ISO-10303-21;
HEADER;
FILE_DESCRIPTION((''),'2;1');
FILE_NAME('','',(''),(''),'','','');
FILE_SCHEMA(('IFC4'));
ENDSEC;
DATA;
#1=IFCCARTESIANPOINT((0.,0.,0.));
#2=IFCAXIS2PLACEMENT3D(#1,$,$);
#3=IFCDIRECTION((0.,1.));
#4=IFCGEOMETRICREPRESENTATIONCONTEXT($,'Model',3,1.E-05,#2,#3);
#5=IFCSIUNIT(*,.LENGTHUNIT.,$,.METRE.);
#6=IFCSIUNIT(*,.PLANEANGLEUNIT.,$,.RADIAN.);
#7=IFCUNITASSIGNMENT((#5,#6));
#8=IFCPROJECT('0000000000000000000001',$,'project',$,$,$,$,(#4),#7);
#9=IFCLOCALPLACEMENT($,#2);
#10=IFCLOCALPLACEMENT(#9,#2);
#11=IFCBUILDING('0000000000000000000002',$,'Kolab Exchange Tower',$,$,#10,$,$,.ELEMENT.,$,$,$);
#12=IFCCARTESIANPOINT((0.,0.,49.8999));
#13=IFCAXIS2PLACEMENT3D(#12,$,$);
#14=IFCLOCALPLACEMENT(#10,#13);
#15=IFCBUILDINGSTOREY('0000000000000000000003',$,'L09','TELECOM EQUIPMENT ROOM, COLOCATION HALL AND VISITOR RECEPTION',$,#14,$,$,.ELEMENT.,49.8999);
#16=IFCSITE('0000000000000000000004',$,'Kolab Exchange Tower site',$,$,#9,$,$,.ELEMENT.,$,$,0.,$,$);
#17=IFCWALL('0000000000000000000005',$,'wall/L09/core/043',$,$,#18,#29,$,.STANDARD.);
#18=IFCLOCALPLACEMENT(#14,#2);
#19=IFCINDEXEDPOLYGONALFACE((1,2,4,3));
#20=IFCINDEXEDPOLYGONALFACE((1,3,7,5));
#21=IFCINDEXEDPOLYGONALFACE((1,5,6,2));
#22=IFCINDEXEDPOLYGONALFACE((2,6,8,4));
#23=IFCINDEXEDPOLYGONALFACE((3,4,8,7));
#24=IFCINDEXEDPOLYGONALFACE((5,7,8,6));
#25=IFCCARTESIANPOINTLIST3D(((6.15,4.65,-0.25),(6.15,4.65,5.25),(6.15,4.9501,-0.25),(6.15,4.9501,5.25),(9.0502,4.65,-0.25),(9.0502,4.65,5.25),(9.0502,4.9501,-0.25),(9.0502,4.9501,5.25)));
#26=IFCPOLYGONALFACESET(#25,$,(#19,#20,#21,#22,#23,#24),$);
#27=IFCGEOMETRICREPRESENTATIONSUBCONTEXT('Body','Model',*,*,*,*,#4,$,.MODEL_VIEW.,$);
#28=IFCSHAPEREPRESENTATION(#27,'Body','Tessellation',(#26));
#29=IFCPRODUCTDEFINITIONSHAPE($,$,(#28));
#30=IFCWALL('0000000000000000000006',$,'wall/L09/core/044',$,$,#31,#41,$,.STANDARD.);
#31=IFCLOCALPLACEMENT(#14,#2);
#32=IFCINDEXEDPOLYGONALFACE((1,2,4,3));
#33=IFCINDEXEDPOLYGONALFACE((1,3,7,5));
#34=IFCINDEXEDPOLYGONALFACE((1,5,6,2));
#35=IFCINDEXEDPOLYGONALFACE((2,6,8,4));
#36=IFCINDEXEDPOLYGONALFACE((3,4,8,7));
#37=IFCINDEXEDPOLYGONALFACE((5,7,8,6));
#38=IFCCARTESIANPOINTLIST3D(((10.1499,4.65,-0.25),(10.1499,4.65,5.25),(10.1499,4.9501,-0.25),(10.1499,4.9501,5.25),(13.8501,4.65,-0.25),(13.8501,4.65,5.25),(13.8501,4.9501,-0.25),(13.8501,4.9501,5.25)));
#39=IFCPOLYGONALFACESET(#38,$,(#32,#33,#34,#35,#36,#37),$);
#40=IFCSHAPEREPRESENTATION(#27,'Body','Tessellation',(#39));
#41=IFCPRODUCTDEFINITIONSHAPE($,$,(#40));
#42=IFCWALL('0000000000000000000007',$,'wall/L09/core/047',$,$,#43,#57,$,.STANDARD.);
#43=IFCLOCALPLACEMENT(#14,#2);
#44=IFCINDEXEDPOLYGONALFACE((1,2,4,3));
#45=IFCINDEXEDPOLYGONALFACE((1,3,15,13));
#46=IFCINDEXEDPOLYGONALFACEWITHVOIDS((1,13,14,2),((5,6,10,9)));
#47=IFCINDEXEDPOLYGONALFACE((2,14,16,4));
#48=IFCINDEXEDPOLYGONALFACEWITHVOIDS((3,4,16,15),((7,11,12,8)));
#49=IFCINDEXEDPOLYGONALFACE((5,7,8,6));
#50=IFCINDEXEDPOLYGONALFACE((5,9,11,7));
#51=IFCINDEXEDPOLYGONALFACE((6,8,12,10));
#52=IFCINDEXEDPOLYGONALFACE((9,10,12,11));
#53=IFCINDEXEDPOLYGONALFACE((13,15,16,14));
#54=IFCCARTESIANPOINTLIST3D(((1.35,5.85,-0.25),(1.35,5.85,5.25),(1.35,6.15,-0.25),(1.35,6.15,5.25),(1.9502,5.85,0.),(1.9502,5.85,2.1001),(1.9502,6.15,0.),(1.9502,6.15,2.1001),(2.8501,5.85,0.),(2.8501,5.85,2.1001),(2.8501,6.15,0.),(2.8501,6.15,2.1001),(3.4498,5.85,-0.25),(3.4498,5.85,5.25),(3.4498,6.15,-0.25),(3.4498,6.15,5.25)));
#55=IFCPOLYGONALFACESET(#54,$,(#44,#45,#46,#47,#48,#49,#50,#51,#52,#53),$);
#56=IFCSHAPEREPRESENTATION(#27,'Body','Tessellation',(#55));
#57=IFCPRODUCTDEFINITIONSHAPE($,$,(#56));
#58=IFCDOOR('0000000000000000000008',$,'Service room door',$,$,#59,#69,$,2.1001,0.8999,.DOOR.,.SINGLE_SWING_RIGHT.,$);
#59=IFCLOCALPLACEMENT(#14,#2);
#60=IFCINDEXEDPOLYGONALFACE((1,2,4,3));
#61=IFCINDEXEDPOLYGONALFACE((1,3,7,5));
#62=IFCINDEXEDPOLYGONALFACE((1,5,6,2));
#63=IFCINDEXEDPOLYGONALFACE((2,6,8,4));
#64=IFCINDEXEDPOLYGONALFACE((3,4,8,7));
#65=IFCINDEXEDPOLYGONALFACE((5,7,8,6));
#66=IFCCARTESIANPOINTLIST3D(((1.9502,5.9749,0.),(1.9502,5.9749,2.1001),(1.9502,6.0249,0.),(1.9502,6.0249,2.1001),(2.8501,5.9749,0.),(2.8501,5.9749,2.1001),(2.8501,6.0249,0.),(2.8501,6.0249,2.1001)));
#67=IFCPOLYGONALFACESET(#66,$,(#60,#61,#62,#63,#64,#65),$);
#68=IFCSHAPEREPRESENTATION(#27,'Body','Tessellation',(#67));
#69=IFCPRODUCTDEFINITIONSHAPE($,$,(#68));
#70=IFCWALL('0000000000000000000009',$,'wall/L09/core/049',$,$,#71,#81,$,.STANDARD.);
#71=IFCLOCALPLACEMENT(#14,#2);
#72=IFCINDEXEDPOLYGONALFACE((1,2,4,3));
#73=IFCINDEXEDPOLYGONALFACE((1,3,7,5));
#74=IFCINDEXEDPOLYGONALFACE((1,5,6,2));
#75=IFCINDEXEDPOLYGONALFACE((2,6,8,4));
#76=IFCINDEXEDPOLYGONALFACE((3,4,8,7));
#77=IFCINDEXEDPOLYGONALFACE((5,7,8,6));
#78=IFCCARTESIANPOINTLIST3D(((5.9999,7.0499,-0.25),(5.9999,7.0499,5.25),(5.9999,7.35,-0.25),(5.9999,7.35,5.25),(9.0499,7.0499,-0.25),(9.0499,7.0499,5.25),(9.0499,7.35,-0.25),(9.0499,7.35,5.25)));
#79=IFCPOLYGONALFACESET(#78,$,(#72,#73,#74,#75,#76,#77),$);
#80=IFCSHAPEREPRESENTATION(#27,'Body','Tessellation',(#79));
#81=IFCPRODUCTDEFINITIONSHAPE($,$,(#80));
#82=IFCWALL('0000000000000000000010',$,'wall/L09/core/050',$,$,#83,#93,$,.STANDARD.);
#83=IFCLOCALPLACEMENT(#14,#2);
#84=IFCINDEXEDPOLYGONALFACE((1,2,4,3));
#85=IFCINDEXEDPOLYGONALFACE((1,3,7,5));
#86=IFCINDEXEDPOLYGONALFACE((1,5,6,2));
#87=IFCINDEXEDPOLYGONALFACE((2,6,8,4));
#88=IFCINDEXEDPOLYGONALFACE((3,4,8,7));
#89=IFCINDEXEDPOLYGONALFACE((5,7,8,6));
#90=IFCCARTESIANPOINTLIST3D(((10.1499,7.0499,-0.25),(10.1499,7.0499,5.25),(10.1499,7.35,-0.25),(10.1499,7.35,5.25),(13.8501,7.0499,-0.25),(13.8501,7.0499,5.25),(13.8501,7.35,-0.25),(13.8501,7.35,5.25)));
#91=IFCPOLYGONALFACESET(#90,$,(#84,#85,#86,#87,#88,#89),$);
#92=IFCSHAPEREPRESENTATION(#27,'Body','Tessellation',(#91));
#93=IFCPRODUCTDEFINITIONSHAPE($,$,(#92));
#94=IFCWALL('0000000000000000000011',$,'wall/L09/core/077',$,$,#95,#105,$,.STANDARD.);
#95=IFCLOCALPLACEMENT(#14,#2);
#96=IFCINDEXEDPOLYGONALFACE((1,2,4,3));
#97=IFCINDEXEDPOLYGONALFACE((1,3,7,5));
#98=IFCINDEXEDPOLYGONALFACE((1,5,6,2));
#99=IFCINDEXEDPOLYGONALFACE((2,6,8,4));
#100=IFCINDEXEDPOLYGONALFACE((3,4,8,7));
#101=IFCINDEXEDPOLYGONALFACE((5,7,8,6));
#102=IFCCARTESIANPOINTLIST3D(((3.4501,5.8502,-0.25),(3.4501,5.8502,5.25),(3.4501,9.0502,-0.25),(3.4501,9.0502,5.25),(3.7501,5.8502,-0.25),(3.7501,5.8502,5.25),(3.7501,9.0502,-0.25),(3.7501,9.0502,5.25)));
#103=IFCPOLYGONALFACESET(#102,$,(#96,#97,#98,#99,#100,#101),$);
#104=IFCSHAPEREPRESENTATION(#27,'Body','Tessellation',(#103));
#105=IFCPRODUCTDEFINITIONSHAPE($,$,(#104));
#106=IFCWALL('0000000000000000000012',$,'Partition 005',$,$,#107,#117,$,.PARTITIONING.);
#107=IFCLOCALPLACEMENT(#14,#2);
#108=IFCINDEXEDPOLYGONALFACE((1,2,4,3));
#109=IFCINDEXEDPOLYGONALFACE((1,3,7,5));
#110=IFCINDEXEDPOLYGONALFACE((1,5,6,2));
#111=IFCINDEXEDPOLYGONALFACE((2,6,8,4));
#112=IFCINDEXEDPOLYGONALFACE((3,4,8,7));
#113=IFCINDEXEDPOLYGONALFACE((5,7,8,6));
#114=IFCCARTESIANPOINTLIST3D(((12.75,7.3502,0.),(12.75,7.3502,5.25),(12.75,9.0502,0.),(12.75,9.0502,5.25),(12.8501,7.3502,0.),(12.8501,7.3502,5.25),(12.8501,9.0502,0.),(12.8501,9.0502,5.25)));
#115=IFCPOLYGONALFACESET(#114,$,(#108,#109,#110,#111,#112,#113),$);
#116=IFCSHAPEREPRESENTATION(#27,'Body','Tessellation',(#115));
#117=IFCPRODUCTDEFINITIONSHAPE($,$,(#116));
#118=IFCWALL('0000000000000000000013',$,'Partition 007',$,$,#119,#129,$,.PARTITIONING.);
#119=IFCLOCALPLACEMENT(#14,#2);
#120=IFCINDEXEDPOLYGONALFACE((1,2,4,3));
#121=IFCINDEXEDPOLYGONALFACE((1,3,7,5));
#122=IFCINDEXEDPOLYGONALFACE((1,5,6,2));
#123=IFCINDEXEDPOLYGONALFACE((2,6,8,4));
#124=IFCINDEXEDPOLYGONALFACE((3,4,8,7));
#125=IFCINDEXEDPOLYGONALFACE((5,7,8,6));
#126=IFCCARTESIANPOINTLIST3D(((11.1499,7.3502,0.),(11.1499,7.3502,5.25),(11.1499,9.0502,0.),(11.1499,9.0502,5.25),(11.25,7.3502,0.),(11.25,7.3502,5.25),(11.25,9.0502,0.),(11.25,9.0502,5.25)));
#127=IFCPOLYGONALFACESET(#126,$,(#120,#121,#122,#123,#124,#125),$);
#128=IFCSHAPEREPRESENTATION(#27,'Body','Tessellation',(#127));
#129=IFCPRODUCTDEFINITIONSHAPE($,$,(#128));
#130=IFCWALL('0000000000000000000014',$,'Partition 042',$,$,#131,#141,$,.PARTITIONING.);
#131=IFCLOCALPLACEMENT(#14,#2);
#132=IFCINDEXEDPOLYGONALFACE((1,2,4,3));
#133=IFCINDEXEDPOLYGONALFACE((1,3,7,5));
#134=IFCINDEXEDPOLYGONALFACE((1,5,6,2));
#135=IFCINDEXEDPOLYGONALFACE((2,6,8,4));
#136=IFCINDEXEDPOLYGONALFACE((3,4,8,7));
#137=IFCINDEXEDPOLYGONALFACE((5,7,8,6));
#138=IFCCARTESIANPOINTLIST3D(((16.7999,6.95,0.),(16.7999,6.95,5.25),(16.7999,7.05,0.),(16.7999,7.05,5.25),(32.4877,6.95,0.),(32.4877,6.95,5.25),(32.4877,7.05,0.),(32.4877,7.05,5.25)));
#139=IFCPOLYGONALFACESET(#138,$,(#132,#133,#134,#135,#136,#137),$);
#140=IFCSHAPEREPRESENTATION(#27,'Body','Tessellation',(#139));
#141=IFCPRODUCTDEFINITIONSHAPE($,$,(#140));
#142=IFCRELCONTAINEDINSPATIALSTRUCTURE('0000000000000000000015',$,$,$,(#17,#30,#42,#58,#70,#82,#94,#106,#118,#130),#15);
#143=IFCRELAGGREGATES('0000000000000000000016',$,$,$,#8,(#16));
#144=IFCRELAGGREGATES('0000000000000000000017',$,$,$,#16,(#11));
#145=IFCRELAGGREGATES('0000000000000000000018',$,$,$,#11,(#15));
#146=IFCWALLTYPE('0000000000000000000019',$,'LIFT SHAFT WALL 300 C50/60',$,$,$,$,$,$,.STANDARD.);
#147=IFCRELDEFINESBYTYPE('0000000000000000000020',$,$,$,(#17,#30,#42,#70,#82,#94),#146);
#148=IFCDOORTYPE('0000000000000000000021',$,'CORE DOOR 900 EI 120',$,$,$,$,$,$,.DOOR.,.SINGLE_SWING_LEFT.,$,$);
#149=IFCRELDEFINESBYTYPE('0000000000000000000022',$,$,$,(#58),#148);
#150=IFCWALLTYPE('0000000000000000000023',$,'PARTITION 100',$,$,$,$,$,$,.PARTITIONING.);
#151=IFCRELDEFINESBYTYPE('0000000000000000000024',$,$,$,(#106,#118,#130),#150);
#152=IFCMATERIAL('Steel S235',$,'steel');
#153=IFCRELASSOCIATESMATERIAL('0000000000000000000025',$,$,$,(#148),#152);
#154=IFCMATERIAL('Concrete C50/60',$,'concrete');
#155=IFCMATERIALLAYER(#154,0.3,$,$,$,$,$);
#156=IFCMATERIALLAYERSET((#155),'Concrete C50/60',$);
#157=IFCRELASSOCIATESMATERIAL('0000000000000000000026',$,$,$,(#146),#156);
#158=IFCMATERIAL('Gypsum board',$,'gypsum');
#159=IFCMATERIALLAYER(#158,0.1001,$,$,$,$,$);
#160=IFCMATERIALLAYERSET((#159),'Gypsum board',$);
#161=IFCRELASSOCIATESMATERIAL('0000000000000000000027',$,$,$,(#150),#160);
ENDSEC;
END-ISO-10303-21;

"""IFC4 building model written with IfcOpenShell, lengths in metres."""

from ifc_helpers import new_model, si_unit, direction, frame, frame_2d, origin, place, context, subcontext, project, spatial, rectangle, extrude, material, layer, layer_set, type_object, element, fill, save


model = new_model("IFC4")

# Units and contexts
model_context = context("Model", 3, precision=1e-05, world=origin(), true_north=direction((0.0, 1.0)))
body_context = subcontext(model_context, "Body", "Model", "MODEL_VIEW")
ifc_project = project(units=[si_unit("LENGTHUNIT", "METRE"), si_unit("PLANEANGLEUNIT", "RADIAN")], contexts=[model_context])

# Site, building, storey
site_placement = place(None, origin())
site = spatial("IfcSite", under=ifc_project, at=site_placement, Name="Kolab Exchange Tower site", CompositionType="ELEMENT", RefElevation=0.0)
building_placement = place(site_placement, origin())
building = spatial("IfcBuilding", under=site, at=building_placement, Name="Kolab Exchange Tower", CompositionType="ELEMENT")
storey_placement = place(building_placement, frame((0.0, 0.0, 49.8999)))
storey = spatial("IfcBuildingStorey", under=building, at=storey_placement, Name="L09", Description="TELECOM EQUIPMENT ROOM, COLOCATION HALL AND VISITOR RECEPTION", CompositionType="ELEMENT", Elevation=49.8999)

# Shared definitions
ifc_material_1 = material(Name="Steel S235", Category="steel")
door_type_1 = type_object("IfcDoorType", Name="CORE DOOR 900 EI 120", OperationType="SINGLE_SWING_LEFT", PredefinedType="DOOR", material=ifc_material_1)

# Shared definitions
ifc_material_2 = material(Name="Concrete C50/60", Category="concrete")
ifc_layer_1 = layer(ifc_material_2, 0.3)
ifc_layer_set_1 = layer_set([ifc_layer_1], Name="Concrete C50/60")
wall_type_1 = type_object("IfcWallType", Name="LIFT SHAFT WALL 300 C50/60", PredefinedType="STANDARD", material=ifc_layer_set_1)

# Walls
wall_1_placement = place(storey_placement, frame((6.1499, 4.8, -0.25), z_axis=(0.0, 0.0, 1.0), x_axis=(1.0, 0.0, 0.0)))
element("IfcWall", 1, at=wall_1_placement, inside=storey, type_object=wall_type_1, Name="wall/L09/core/043", PredefinedType="STANDARD", context=body_context, shape_type="SweptSolid", body=[
    extrude(rectangle(XDim=2.9001, YDim=0.3, at=frame_2d((1.4502, 0.0))), origin(), (0.0, 0.0, 1.0), 5.5),
])
wall_2_placement = place(storey_placement, frame((10.1499, 4.8, -0.25), z_axis=(0.0, 0.0, 1.0), x_axis=(1.0, 0.0, 0.0)))
element("IfcWall", 2, at=wall_2_placement, inside=storey, type_object=wall_type_1, Name="wall/L09/core/044", PredefinedType="STANDARD", context=body_context, shape_type="SweptSolid", body=[
    extrude(rectangle(XDim=3.7002, YDim=0.3, at=frame_2d((1.8501, 0.0))), origin(), (0.0, 0.0, 1.0), 5.5),
])

# Wall, opening, door
wall_3_placement = place(storey_placement, frame((1.3501, 6.0, -0.25), z_axis=(0.0, 0.0, 1.0), x_axis=(1.0, 0.0, 0.0)))
wall_3 = element("IfcWall", 3, at=wall_3_placement, inside=storey, type_object=wall_type_1, Name="wall/L09/core/047", PredefinedType="STANDARD", context=body_context, shape_type="SweptSolid", body=[
    extrude(rectangle(XDim=2.0999, YDim=0.3, at=frame_2d((1.0498, 0.0))), origin(), (0.0, 0.0, 1.0), 5.5),
])
opening_1_placement = place(wall_3_placement, frame((0.6001, 0.0, 0.25)))
opening_1 = element("IfcOpeningElement", 4, at=opening_1_placement, cuts=wall_3, PredefinedType="OPENING", context=body_context, shape_type="SweptSolid", body=[
    extrude(rectangle(XDim=0.8999, YDim=2.1001, at=frame_2d((0.45, 1.05))), frame((0.0, 0.1602, 0.0), z_axis=(0.0, -1.0, 0.0), x_axis=(1.0, 0.0, 0.0)), (0.0, 0.0, 1.0), 0.3201),
])
door_1_placement = place(opening_1_placement, origin())
door_1 = element("IfcDoor", 5, at=door_1_placement, inside=storey, type_object=door_type_1, Name="Service room door", OperationType="SINGLE_SWING_RIGHT", OverallHeight=2.1001, OverallWidth=0.8999, PredefinedType="DOOR", context=body_context, shape_type="SweptSolid", body=[
    extrude(rectangle(XDim=0.8999, YDim=2.1001, at=frame_2d((0.45, 1.05))), frame((0.0, 0.0249, 0.0), z_axis=(0.0, -1.0, 0.0), x_axis=(1.0, 0.0, 0.0)), (0.0, 0.0, 1.0), 0.05),
])
fill(opening_1, door_1)

# Walls
wall_4_placement = place(storey_placement, frame((6.0, 7.2, -0.25), z_axis=(0.0, 0.0, 1.0), x_axis=(1.0, 0.0, 0.0)))
element("IfcWall", 6, at=wall_4_placement, inside=storey, type_object=wall_type_1, Name="wall/L09/core/049", PredefinedType="STANDARD", context=body_context, shape_type="SweptSolid", body=[
    extrude(rectangle(XDim=3.05, YDim=0.3, at=frame_2d((1.5249, 0.0))), origin(), (0.0, 0.0, 1.0), 5.5),
])
wall_5_placement = place(storey_placement, frame((10.1499, 7.2, -0.25), z_axis=(0.0, 0.0, 1.0), x_axis=(1.0, 0.0, 0.0)))
element("IfcWall", 7, at=wall_5_placement, inside=storey, type_object=wall_type_1, Name="wall/L09/core/050", PredefinedType="STANDARD", context=body_context, shape_type="SweptSolid", body=[
    extrude(rectangle(XDim=3.7002, YDim=0.3, at=frame_2d((1.8501, 0.0))), origin(), (0.0, 0.0, 1.0), 5.5),
])
wall_6_placement = place(storey_placement, frame((3.6001, 5.8501, -0.25), z_axis=(0.0, 0.0, 1.0), x_axis=(0.0, 1.0, 0.0)))
element("IfcWall", 8, at=wall_6_placement, inside=storey, type_object=wall_type_1, Name="wall/L09/core/077", PredefinedType="STANDARD", context=body_context, shape_type="SweptSolid", body=[
    extrude(rectangle(XDim=3.2, YDim=0.3, at=frame_2d((1.6001, 0.0))), origin(), (0.0, 0.0, 1.0), 5.5),
])
ifc_material_3 = material(Name="Gypsum board", Category="gypsum")
ifc_layer_2 = layer(ifc_material_3, 0.1001)
ifc_layer_set_2 = layer_set([ifc_layer_2], Name="Gypsum board")
wall_type_2 = type_object("IfcWallType", Name="PARTITION 100", PredefinedType="PARTITIONING", material=ifc_layer_set_2)
for number, where, z_axis, x_axis, name in (
    (9, (12.8, 7.3501, 0.0), (0.0, 0.0, 1.0), (0.0, 1.0, 0.0), "Partition 005"),
    (10, (11.2, 7.3501, 0.0), (0.0, 0.0, 1.0), (0.0, 1.0, 0.0), "Partition 007"),
):
    element("IfcWall", number, at=place(storey_placement, frame(where, z_axis=z_axis, x_axis=x_axis)), inside=storey, type_object=wall_type_2, Name=name, PredefinedType="PARTITIONING", context=body_context, shape_type="SweptSolid", body=[
        extrude(rectangle(XDim=1.7, YDim=0.1001, at=frame_2d((0.8501, 0.0))), origin(), (0.0, 0.0, 1.0), 5.25),
    ])
wall_7_placement = place(storey_placement, frame((16.8, 7.0, 0.0), z_axis=(0.0, 0.0, 1.0), x_axis=(1.0, 0.0, 0.0)))
element("IfcWall", 11, at=wall_7_placement, inside=storey, type_object=wall_type_2, Name="Partition 042", PredefinedType="PARTITIONING", context=body_context, shape_type="SweptSolid", body=[
    extrude(rectangle(XDim=15.6877, YDim=0.1001, at=frame_2d((7.8438, 0.0))), origin(), (0.0, 0.0, 1.0), 5.25),
])

save(model, "model.ifc")
